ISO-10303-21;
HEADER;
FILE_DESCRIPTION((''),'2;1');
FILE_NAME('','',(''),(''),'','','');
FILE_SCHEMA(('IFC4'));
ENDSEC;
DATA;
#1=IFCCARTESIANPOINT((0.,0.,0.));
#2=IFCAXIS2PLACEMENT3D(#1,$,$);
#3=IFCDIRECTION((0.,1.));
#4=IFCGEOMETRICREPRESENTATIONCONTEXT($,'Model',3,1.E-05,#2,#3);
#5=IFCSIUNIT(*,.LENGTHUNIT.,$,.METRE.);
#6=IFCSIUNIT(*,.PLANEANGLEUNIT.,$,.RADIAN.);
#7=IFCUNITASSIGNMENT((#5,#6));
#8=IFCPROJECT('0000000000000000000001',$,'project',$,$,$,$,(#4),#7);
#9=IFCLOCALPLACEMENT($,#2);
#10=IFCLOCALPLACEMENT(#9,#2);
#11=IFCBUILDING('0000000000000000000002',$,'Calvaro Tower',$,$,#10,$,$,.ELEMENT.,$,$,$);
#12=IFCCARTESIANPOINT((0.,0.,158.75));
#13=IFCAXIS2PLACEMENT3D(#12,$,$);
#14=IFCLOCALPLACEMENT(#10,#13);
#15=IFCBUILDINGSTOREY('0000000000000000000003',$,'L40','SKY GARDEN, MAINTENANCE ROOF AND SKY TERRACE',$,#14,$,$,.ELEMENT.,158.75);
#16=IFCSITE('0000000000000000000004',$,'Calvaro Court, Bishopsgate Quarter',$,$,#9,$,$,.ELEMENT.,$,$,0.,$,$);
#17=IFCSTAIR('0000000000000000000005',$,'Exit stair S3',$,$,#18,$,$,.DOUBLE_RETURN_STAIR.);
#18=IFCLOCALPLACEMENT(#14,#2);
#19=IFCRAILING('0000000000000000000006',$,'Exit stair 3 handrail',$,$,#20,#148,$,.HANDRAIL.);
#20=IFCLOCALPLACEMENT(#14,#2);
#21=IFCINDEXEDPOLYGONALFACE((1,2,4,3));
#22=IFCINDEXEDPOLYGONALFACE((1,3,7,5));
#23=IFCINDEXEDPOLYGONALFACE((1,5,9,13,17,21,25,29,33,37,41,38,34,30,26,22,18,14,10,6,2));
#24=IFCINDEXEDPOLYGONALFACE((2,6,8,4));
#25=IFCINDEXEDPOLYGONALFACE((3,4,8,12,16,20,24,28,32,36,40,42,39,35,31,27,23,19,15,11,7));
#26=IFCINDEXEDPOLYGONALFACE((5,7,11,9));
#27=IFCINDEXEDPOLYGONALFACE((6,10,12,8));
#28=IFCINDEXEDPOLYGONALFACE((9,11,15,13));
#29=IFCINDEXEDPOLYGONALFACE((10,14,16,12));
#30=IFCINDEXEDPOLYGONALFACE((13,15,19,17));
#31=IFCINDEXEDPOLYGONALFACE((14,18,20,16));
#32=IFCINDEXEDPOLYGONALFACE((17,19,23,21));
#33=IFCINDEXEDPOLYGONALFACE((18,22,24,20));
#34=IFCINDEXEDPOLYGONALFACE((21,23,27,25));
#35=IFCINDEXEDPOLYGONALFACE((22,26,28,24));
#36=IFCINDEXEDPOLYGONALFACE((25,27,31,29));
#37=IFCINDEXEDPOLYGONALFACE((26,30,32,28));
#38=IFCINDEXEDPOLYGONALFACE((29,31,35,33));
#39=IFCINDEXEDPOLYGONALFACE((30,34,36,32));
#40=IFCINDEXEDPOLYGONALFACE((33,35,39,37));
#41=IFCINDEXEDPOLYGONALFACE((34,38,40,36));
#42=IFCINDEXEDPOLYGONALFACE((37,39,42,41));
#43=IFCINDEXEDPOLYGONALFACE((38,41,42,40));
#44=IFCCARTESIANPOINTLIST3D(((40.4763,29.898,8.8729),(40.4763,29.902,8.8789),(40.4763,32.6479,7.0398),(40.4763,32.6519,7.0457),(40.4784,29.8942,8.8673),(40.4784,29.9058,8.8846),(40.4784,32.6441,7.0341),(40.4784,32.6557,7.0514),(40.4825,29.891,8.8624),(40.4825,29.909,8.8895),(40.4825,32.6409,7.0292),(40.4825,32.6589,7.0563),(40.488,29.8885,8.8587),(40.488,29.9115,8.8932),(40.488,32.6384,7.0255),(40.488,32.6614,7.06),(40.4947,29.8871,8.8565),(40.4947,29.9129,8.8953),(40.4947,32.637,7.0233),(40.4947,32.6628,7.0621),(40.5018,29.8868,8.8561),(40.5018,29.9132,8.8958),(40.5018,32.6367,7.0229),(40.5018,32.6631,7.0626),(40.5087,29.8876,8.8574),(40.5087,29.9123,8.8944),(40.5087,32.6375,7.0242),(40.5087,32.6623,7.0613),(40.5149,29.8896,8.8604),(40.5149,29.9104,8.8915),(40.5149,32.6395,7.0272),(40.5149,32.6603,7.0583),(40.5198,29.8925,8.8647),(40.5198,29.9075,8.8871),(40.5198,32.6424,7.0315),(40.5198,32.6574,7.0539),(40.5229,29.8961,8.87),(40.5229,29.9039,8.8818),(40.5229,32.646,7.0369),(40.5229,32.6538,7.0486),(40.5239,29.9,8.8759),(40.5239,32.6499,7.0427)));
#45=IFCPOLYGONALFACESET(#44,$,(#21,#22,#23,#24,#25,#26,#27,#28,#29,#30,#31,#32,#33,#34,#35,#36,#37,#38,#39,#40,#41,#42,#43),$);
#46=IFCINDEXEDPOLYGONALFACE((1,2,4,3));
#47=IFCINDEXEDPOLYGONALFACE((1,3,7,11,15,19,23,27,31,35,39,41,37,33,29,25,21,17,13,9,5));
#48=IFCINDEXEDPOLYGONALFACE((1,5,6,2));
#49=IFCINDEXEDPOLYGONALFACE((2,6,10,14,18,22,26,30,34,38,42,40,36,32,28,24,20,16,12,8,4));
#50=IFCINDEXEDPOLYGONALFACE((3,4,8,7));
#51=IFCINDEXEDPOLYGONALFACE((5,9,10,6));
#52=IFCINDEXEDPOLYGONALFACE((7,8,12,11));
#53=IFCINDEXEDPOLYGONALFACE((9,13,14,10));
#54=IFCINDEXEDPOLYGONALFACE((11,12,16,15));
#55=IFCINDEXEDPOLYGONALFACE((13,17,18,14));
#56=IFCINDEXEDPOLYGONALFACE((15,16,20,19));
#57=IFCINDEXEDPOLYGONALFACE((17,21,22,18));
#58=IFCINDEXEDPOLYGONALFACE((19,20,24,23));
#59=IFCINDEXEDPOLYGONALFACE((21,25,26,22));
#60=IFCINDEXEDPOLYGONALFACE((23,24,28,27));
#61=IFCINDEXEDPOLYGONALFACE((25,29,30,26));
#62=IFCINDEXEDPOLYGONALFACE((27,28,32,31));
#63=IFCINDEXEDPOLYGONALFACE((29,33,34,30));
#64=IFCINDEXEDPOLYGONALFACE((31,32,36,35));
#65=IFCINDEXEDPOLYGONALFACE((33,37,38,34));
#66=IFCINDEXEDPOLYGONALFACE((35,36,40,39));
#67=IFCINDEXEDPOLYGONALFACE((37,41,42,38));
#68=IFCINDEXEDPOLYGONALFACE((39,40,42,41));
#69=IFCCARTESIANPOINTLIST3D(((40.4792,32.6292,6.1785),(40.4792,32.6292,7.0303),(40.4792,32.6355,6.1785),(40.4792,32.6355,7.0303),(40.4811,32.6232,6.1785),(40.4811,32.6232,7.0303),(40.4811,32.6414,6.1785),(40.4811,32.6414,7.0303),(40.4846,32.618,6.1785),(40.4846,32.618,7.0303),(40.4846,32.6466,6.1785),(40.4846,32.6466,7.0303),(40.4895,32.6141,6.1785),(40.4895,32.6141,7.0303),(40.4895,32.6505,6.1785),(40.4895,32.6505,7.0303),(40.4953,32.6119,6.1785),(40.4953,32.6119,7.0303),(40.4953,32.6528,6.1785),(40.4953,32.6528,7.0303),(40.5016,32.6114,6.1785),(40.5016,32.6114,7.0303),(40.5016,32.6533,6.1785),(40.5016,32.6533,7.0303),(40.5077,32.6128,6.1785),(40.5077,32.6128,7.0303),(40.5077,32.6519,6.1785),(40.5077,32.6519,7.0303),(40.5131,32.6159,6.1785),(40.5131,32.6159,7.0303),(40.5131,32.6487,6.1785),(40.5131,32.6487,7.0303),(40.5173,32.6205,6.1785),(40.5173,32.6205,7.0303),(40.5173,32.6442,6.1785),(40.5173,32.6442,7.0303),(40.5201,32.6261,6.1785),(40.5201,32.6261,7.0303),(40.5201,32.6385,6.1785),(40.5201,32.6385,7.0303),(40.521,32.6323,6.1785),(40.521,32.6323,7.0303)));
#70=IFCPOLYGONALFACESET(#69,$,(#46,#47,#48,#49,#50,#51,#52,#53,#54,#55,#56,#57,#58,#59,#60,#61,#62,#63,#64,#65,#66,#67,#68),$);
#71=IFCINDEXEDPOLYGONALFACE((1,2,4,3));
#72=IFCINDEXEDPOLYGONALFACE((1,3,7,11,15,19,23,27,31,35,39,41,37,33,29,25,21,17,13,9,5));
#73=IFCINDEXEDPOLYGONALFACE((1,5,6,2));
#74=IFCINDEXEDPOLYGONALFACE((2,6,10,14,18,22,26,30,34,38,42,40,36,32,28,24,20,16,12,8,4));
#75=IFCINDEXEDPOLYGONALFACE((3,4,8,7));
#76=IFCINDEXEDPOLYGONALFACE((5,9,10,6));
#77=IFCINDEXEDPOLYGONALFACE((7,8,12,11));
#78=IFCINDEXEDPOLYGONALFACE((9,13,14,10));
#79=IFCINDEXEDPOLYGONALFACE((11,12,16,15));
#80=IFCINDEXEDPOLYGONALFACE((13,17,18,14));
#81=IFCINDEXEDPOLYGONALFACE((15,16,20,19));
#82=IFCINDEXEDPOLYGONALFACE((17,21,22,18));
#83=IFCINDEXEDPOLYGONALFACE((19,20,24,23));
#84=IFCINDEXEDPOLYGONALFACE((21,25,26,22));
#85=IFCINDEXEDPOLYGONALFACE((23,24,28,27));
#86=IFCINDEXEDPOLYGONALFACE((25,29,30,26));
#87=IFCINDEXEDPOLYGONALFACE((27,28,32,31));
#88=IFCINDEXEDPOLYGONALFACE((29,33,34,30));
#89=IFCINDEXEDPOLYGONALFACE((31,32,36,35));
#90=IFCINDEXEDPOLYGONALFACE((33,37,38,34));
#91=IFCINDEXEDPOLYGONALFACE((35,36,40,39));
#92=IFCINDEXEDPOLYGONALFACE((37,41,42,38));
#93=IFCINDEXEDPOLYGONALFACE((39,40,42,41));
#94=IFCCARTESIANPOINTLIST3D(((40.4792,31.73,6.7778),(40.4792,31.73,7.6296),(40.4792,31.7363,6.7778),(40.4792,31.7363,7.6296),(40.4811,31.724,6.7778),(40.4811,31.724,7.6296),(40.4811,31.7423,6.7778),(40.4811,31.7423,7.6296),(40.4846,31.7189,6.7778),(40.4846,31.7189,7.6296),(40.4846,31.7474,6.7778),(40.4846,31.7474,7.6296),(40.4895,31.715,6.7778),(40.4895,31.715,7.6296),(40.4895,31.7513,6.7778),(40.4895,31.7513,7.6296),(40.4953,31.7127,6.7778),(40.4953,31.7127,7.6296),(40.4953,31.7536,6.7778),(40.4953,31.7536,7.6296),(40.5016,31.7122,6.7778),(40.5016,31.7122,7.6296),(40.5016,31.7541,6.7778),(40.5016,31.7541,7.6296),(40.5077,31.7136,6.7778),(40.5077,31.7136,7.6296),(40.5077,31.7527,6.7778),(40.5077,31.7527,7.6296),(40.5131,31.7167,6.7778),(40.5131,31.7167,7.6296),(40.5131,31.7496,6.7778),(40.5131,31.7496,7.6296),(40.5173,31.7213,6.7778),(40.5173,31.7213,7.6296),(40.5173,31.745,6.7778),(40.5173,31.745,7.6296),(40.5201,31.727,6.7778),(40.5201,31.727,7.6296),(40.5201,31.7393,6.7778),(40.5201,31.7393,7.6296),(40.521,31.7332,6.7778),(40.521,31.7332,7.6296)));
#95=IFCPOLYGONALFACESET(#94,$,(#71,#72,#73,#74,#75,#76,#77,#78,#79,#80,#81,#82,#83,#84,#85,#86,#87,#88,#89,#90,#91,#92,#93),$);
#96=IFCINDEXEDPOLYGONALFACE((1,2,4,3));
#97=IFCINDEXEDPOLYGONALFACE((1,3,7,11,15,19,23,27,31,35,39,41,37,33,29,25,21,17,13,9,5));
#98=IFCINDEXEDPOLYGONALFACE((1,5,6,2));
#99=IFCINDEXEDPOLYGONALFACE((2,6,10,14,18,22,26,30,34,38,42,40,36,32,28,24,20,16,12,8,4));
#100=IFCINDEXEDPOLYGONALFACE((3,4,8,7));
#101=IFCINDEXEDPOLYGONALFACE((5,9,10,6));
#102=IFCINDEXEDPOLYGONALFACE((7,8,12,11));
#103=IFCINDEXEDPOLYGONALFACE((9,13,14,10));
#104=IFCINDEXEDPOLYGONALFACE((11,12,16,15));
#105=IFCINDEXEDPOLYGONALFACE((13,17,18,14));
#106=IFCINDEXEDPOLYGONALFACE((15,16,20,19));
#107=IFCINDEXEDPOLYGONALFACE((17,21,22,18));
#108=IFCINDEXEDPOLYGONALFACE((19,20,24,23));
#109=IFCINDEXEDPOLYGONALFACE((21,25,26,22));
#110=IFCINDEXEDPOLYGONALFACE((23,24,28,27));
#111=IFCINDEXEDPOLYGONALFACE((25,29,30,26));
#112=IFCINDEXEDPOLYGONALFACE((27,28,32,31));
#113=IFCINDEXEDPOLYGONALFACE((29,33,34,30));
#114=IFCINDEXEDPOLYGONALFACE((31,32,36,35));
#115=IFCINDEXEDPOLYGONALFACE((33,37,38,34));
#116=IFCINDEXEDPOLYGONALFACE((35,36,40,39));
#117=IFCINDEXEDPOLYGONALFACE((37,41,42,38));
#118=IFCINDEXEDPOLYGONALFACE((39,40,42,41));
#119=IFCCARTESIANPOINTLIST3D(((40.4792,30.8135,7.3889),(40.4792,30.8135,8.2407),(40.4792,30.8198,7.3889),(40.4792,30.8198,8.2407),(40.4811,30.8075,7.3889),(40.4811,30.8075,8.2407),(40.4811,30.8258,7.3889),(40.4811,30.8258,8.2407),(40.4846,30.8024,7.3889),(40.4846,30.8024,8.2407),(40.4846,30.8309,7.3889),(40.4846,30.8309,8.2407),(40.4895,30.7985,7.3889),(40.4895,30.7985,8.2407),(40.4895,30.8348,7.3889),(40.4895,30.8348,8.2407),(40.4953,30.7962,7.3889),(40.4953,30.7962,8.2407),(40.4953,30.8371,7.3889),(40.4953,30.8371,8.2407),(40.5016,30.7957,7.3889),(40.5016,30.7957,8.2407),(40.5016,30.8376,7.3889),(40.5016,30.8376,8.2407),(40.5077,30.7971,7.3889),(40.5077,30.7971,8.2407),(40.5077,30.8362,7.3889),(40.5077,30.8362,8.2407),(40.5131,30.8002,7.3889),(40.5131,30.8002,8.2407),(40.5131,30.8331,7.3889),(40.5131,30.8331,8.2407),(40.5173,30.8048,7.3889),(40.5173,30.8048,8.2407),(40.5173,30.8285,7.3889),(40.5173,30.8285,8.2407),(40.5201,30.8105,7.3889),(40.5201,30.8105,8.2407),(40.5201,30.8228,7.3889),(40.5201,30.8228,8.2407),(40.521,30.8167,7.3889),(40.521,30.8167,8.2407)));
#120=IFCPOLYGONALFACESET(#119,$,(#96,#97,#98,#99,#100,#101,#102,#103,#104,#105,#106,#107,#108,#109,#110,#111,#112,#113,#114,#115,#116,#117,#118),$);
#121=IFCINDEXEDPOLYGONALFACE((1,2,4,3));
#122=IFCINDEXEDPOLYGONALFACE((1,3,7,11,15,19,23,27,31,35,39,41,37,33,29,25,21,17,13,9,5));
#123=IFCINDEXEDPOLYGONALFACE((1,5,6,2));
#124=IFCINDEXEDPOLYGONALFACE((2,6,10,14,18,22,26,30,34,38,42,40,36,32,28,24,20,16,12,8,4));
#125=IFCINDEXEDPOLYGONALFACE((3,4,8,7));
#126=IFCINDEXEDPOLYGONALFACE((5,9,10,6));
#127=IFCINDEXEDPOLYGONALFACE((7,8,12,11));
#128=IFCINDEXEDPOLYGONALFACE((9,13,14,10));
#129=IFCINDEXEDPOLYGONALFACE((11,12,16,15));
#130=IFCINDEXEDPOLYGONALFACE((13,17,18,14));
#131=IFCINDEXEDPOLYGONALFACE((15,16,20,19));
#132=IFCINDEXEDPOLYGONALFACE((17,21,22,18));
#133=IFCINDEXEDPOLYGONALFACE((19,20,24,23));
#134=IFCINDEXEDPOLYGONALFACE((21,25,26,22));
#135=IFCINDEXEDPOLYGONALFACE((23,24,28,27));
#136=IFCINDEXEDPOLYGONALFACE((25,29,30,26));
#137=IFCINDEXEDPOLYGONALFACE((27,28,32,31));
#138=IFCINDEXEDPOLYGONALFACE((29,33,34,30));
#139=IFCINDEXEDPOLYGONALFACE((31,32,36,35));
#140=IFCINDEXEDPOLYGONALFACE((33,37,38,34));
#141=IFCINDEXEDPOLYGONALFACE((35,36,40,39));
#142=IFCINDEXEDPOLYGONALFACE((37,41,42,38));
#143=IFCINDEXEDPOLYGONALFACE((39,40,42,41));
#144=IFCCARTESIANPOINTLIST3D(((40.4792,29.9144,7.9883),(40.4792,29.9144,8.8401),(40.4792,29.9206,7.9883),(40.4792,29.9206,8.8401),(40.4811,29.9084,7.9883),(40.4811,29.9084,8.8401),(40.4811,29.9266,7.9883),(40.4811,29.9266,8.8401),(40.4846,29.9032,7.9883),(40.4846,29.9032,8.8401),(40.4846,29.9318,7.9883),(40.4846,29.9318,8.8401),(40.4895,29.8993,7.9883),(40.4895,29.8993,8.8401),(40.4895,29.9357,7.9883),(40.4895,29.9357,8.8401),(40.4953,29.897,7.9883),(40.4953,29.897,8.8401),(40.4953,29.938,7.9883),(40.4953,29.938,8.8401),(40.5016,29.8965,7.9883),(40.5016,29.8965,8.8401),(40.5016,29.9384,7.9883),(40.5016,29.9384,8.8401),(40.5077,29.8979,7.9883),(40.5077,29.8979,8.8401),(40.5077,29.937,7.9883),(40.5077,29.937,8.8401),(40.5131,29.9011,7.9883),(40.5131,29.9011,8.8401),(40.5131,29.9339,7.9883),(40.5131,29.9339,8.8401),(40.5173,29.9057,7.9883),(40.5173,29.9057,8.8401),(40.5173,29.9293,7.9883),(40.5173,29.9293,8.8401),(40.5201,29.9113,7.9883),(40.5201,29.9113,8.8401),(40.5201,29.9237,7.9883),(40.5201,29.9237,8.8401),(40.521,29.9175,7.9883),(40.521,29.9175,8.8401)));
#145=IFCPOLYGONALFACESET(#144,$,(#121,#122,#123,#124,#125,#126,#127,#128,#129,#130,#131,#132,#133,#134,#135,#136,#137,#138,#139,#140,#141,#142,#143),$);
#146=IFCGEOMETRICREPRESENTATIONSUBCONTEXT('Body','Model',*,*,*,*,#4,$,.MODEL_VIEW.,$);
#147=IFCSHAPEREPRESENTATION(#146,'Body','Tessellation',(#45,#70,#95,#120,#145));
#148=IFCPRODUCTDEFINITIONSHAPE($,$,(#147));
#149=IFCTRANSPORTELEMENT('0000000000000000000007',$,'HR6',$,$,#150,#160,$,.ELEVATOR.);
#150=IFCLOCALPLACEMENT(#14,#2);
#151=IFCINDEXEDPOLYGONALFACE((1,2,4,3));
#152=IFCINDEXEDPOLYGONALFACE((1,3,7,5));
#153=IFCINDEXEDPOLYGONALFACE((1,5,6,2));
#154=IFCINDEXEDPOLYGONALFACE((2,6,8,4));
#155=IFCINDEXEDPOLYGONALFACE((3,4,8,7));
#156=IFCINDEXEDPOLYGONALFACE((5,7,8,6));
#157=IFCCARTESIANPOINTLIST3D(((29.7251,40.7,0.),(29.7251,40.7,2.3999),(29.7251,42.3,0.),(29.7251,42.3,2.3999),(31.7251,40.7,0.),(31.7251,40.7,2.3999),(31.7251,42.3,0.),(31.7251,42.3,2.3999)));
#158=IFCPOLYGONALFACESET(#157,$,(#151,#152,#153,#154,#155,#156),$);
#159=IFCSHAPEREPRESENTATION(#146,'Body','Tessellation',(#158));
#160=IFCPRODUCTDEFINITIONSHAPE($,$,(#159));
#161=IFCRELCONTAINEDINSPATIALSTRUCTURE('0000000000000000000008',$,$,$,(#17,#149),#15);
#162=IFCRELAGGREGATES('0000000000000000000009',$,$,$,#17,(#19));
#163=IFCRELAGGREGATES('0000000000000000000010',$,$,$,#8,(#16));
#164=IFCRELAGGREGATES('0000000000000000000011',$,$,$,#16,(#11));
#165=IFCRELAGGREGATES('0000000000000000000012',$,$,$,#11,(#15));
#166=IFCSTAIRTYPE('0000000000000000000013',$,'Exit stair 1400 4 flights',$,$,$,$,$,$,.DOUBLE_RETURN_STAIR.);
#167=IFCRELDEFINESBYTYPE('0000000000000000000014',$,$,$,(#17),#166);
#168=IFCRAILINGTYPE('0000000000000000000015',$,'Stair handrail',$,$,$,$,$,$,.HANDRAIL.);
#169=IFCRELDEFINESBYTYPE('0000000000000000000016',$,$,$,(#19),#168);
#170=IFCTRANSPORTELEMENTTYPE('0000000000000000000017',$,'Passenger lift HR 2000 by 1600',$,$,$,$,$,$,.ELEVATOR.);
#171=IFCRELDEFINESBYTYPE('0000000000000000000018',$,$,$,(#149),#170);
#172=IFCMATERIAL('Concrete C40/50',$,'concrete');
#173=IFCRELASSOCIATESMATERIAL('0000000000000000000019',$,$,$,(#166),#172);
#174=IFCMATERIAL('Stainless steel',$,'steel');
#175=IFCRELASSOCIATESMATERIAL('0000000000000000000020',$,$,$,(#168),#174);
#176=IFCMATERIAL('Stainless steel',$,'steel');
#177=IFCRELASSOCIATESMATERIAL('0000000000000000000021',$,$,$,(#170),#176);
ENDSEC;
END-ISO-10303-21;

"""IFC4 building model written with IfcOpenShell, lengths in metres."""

from ifc_helpers import new_model, si_unit, direction, frame, origin, origin_2d, place, context, subcontext, project, spatial, rectangle, circle, extrude, material, type_object, element, aggregate, save


model = new_model("IFC4")

# Units and contexts
model_context = context("Model", 3, precision=1e-05, world=origin(), true_north=direction((0.0, 1.0)))
body_context = subcontext(model_context, "Body", "Model", "MODEL_VIEW")
ifc_project = project(units=[si_unit("LENGTHUNIT", "METRE"), si_unit("PLANEANGLEUNIT", "RADIAN")], contexts=[model_context])

# Site, building, storey
site_placement = place(None, origin())
site = spatial("IfcSite", under=ifc_project, at=site_placement, Name="Calvaro Court, Bishopsgate Quarter", CompositionType="ELEMENT", RefElevation=0.0)
building_placement = place(site_placement, origin())
building = spatial("IfcBuilding", under=site, at=building_placement, Name="Calvaro Tower", CompositionType="ELEMENT")
storey_placement = place(building_placement, frame((0.0, 0.0, 158.75)))
storey = spatial("IfcBuildingStorey", under=building, at=storey_placement, Name="L40", Description="SKY GARDEN, MAINTENANCE ROOF AND SKY TERRACE", CompositionType="ELEMENT", Elevation=158.75)

# Stair, railing
ifc_material_1 = material(Name="Concrete C40/50", Category="concrete")
stair_type = type_object("IfcStairType", Name="Exit stair 1400 4 flights", PredefinedType="DOUBLE_RETURN_STAIR", material=ifc_material_1)
stair_placement = place(storey_placement, origin())
stair = element("IfcStair", 1, at=stair_placement, inside=storey, type_object=stair_type, Name="Exit stair S3", PredefinedType="DOUBLE_RETURN_STAIR")
ifc_material_2 = material(Name="Stainless steel", Category="steel")
railing_type = type_object("IfcRailingType", Name="Stair handrail", PredefinedType="HANDRAIL", material=ifc_material_2)
railing_1_placement = place(storey_placement, frame((40.5, 32.6499, 6.1667)))
railing_1 = element("IfcRailing", 2, at=railing_1_placement, type_object=railing_type, Name="Exit stair 3 handrail", PredefinedType="HANDRAIL", context=body_context, shape_type="SweptSolid", body=[
    extrude(circle(Radius=0.0239, at=origin_2d()), frame((0.0, 0.0, 0.876), z_axis=(0.0, -0.832062, 0.554683), x_axis=(1.0, 0.0, 0.0)), (0.0, 0.0, 1.0), 3.3049),
    extrude(circle(Radius=0.021, at=origin_2d()), frame((0.0, -0.0176, 0.0117)), (0.0, 0.0, 1.0), 0.8518),
    extrude(circle(Radius=0.021, at=origin_2d()), frame((0.0, -0.9167, 0.6111)), (0.0, 0.0, 1.0), 0.8518),
    extrude(circle(Radius=0.021, at=origin_2d()), frame((0.0, -1.8333, 1.2222)), (0.0, 0.0, 1.0), 0.8518),
    extrude(circle(Radius=0.021, at=origin_2d()), frame((0.0, -2.7324, 1.8215)), (0.0, 0.0, 1.0), 0.8518),
])
aggregate(stair, [railing_1])

# Transport element
ifc_material_3 = material(Name="Stainless steel", Category="steel")
transport_element_type = type_object("IfcTransportElementType", Name="Passenger lift HR 2000 by 1600", PredefinedType="ELEVATOR", material=ifc_material_3)
transport_element_placement = place(storey_placement, frame((30.7251, 41.5, 0.0), z_axis=(0.0, 0.0, 1.0), x_axis=(1.0, 0.0, 0.0)))
element("IfcTransportElement", 3, at=transport_element_placement, inside=storey, type_object=transport_element_type, Name="HR6", PredefinedType="ELEVATOR", context=body_context, shape_type="SweptSolid", body=[
    extrude(rectangle(XDim=2.0, YDim=1.6001, at=origin_2d()), origin(), (0.0, 0.0, 1.0), 2.3999),
])

save(model, "model.ifc")
